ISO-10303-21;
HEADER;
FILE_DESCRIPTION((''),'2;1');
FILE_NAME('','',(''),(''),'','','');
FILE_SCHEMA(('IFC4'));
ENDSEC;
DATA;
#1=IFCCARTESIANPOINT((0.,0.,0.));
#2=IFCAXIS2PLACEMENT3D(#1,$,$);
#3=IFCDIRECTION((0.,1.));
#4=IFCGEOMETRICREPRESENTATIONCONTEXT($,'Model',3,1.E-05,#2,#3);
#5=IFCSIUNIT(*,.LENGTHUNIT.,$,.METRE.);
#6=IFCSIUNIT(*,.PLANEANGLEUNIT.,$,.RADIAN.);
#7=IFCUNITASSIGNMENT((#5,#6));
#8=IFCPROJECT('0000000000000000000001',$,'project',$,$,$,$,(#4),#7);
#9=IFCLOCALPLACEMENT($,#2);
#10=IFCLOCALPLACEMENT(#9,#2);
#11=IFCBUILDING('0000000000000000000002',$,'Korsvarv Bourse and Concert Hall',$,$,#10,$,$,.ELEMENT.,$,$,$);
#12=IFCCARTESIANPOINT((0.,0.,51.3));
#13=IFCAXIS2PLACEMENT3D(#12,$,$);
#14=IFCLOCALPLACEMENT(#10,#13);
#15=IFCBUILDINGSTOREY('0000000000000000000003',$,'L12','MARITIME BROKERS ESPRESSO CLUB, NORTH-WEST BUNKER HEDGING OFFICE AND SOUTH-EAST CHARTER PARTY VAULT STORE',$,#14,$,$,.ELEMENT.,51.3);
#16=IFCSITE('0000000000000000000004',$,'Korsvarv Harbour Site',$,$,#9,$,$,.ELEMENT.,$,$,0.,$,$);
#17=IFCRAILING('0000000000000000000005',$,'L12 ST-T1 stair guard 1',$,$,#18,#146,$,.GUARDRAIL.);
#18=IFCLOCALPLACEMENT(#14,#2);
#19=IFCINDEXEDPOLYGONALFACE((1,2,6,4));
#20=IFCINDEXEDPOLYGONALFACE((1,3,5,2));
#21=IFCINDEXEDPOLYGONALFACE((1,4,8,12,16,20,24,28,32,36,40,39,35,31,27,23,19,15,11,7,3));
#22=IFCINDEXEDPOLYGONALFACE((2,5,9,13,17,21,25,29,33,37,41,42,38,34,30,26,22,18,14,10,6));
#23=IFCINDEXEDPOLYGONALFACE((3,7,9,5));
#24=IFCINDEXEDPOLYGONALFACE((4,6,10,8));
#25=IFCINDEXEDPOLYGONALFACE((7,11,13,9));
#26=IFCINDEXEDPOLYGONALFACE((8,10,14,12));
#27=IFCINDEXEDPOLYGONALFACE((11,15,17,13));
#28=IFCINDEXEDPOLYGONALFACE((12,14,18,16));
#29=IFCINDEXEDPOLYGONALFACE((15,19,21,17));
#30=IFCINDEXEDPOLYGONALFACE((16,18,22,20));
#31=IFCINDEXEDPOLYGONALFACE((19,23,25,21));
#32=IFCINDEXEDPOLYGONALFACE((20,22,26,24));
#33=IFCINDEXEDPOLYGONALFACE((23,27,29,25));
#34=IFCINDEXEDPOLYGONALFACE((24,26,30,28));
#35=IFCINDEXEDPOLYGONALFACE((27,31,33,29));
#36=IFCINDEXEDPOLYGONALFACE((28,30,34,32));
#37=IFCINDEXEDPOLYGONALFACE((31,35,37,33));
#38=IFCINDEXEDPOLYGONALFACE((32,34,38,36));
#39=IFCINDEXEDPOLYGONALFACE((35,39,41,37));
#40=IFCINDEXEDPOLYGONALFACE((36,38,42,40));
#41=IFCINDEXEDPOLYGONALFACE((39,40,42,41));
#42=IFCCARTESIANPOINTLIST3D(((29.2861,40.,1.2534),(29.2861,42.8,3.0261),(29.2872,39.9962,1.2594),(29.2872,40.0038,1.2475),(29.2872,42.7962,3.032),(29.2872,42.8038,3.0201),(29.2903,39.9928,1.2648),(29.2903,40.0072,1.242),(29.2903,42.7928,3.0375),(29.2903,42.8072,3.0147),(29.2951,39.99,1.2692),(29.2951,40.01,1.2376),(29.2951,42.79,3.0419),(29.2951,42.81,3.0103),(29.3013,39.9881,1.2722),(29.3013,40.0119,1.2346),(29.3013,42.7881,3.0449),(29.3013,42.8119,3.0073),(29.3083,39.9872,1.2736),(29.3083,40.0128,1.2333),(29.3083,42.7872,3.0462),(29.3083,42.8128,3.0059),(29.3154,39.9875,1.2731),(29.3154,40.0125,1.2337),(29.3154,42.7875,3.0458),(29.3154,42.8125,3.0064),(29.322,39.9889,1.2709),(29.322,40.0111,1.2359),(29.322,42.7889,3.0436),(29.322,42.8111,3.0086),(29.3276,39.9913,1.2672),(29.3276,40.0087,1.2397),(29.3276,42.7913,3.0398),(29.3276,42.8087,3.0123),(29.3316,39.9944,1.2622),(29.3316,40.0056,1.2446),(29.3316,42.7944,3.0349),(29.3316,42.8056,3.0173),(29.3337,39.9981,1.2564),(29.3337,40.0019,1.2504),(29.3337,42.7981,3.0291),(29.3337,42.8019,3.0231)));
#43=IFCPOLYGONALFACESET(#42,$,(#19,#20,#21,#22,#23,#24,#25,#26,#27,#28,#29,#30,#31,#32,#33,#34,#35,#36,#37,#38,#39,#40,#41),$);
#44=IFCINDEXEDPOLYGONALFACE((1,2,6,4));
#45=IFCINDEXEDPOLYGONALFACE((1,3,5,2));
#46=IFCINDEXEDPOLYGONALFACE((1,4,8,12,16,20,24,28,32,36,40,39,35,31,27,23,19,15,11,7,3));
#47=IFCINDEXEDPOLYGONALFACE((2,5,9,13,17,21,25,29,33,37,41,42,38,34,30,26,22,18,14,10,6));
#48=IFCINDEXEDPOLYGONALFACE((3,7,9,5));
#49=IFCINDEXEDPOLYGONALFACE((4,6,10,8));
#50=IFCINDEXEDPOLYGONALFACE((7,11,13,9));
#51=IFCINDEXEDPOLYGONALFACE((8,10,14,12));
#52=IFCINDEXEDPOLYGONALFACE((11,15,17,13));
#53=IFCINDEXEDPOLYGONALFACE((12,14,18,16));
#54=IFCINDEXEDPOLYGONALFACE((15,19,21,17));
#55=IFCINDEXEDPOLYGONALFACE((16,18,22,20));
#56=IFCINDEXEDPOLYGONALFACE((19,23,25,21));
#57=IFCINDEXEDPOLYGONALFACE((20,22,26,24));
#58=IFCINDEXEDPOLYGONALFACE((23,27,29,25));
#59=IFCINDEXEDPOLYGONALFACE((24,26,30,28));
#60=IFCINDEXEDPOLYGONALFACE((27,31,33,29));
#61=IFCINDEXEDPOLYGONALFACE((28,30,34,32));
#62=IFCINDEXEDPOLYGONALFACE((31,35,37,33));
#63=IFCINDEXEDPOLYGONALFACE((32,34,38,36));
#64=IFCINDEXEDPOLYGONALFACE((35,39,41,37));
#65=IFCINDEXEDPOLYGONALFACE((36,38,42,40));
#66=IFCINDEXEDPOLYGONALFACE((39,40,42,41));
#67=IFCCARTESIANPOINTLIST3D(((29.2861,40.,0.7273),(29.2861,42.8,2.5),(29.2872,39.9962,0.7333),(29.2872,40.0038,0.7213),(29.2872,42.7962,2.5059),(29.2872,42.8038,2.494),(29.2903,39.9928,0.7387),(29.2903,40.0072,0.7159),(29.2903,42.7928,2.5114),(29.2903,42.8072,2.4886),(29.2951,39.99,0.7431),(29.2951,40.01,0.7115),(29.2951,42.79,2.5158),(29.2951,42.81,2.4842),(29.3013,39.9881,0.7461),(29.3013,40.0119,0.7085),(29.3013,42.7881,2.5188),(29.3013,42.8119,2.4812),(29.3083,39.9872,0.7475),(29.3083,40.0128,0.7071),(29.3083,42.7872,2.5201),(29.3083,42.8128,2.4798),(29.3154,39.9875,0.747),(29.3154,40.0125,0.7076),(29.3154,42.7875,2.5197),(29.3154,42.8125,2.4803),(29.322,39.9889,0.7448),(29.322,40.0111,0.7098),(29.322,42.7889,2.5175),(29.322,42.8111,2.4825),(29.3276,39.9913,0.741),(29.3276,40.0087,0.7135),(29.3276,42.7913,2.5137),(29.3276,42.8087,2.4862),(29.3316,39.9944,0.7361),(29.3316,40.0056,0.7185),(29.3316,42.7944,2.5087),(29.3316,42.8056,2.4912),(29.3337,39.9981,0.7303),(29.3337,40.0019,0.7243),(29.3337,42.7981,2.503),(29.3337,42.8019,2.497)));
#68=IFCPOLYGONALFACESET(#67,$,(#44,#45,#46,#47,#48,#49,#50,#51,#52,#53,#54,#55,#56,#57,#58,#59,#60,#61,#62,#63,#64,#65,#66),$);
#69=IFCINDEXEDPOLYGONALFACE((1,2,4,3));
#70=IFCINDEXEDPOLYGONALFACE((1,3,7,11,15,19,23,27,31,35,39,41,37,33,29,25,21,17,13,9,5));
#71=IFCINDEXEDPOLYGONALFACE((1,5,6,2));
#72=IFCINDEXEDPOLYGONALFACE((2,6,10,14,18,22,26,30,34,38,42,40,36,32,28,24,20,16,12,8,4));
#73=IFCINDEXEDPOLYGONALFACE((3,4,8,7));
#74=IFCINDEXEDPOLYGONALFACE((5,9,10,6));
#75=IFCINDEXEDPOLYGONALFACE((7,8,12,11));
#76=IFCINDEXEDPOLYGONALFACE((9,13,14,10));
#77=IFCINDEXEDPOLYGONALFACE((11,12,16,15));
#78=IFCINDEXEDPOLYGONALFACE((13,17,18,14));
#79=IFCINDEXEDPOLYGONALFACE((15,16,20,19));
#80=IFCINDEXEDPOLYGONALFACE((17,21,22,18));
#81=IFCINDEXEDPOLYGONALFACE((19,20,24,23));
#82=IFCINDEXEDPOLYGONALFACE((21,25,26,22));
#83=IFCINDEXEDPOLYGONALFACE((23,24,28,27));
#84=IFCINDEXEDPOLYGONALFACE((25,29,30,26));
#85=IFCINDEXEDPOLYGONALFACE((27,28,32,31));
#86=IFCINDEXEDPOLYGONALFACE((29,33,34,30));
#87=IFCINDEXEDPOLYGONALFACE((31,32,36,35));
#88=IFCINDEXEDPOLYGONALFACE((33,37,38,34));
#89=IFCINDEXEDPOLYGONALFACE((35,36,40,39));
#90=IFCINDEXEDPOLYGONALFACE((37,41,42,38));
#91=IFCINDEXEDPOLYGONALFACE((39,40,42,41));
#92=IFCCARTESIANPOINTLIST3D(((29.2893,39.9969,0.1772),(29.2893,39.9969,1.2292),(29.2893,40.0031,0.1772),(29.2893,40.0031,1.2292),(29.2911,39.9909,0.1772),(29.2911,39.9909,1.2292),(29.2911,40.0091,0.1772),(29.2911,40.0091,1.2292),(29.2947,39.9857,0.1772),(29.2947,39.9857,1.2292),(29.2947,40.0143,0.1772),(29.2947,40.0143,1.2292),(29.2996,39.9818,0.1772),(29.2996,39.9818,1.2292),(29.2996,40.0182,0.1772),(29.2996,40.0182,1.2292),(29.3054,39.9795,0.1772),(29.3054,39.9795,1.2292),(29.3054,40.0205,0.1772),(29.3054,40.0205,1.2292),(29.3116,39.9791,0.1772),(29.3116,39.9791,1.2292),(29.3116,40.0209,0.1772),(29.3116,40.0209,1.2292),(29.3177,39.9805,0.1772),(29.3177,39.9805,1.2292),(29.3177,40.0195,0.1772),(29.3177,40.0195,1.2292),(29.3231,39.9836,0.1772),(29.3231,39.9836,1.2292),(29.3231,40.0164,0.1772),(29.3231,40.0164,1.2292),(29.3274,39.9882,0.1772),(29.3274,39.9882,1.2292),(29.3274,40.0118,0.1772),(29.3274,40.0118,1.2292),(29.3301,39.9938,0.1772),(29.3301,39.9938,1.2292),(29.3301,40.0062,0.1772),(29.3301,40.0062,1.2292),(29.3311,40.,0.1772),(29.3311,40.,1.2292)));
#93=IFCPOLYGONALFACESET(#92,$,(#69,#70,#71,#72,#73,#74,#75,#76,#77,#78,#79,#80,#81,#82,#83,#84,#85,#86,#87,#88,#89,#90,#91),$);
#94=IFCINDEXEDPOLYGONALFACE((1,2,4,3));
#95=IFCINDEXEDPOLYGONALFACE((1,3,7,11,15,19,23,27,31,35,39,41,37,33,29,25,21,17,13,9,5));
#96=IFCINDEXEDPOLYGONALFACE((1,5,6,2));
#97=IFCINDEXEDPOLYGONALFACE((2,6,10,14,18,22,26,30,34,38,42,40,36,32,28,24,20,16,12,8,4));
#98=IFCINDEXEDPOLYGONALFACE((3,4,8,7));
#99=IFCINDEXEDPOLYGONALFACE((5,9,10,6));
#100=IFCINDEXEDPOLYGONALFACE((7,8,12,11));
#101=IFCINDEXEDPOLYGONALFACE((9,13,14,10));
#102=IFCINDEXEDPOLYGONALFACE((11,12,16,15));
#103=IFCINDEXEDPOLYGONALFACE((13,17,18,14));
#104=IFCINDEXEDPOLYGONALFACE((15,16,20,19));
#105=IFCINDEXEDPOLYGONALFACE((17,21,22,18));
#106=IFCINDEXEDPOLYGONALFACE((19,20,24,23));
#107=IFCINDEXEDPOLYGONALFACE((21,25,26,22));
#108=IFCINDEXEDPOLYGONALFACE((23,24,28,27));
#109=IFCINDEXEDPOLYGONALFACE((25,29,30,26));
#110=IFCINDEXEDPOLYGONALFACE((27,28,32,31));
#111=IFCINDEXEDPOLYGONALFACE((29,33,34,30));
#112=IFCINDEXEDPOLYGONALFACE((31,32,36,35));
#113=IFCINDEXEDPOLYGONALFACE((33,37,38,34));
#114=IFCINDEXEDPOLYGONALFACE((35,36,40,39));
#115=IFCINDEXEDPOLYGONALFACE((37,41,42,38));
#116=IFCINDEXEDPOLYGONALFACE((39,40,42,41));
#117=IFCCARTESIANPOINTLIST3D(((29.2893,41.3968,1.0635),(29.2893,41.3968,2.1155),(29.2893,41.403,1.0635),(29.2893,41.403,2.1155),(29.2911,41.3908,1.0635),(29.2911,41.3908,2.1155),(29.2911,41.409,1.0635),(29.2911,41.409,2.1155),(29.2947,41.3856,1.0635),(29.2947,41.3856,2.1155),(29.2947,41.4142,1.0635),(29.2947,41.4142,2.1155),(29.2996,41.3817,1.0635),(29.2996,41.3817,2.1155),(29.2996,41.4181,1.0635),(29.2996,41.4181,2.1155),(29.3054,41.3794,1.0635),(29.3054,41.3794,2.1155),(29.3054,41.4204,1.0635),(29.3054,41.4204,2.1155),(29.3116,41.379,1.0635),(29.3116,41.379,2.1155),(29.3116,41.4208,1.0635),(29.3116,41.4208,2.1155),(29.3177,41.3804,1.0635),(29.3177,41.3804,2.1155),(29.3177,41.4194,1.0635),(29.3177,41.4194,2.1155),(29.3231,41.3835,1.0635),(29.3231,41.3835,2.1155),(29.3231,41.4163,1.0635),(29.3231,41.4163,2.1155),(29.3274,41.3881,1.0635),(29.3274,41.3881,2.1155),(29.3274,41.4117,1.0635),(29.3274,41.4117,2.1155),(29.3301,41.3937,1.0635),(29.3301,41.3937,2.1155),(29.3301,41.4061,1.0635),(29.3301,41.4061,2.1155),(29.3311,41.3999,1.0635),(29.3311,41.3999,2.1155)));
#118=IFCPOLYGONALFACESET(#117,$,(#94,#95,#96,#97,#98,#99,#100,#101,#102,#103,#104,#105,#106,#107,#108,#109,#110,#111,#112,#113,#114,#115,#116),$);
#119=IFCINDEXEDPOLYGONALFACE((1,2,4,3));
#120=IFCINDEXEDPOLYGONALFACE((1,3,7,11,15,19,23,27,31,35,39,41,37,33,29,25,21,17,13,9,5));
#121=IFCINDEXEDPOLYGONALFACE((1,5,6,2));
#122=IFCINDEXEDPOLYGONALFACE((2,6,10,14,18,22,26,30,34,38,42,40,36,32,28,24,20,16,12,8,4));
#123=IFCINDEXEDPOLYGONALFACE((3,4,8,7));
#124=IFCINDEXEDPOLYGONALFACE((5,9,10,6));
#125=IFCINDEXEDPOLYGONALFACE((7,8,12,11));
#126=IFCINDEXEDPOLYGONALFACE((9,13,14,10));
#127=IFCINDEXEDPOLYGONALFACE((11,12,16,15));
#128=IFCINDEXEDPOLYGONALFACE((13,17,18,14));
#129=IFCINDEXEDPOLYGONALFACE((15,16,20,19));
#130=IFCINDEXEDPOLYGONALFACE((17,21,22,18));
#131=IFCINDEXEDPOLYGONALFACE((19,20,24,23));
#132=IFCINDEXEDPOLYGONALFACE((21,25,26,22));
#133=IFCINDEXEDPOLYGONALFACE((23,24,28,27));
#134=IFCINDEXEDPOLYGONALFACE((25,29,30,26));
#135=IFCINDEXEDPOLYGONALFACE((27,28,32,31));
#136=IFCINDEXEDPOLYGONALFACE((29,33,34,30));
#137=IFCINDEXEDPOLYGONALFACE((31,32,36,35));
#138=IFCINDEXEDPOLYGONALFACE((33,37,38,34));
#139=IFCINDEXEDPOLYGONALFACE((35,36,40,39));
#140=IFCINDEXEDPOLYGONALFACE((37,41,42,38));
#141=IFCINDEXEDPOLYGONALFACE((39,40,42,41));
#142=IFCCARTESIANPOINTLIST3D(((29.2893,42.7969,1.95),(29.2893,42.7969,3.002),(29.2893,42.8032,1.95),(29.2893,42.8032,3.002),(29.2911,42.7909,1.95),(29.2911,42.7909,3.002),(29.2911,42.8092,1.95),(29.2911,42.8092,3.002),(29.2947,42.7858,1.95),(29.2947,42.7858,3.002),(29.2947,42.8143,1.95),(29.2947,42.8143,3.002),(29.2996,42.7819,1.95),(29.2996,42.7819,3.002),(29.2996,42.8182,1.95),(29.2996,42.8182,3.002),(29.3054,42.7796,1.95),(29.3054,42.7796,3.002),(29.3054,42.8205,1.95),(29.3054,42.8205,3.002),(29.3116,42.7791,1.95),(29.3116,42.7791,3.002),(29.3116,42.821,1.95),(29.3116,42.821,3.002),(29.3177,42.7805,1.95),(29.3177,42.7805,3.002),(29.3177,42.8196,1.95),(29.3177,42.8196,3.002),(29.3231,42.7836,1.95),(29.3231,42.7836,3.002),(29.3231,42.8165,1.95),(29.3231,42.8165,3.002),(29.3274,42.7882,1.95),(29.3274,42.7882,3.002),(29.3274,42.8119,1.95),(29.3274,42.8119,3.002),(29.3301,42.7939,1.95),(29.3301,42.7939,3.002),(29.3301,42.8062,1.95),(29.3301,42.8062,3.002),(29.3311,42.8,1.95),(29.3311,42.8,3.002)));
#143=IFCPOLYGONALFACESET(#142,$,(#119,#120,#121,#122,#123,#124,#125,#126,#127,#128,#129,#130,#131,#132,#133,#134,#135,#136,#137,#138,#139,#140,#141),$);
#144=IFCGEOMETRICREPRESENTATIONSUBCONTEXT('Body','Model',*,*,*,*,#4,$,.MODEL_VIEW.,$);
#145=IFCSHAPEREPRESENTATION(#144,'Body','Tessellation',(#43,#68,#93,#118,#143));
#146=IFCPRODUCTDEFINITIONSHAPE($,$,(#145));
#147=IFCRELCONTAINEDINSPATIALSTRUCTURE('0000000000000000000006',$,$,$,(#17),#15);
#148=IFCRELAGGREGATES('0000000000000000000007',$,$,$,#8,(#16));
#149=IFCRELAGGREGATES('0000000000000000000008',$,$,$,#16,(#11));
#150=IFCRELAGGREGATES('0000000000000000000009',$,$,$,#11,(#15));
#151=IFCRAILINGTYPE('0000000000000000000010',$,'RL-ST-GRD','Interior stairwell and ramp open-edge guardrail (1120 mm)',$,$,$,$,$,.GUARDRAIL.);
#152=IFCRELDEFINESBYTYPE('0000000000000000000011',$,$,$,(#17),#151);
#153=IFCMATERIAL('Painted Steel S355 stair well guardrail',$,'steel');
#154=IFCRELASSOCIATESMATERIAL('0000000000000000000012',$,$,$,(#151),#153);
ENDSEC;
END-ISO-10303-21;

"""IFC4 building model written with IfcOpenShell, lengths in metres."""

from ifc_helpers import new_model, si_unit, direction, frame, origin, origin_2d, place, context, subcontext, project, spatial, circle, extrude, material, type_object, element, save


model = new_model("IFC4")

# Units and contexts
model_context = context("Model", 3, precision=1e-05, world=origin(), true_north=direction((0.0, 1.0)))
body_context = subcontext(model_context, "Body", "Model", "MODEL_VIEW")
ifc_project = project(units=[si_unit("LENGTHUNIT", "METRE"), si_unit("PLANEANGLEUNIT", "RADIAN")], contexts=[model_context])

# Site, building, storey
site_placement = place(None, origin())
site = spatial("IfcSite", under=ifc_project, at=site_placement, Name="Korsvarv Harbour Site", CompositionType="ELEMENT", RefElevation=0.0)
building_placement = place(site_placement, origin())
building = spatial("IfcBuilding", under=site, at=building_placement, Name="Korsvarv Bourse and Concert Hall", CompositionType="ELEMENT")
storey_placement = place(building_placement, frame((0.0, 0.0, 51.3)))
storey = spatial("IfcBuildingStorey", under=building, at=storey_placement, Name="L12", Description="MARITIME BROKERS ESPRESSO CLUB, NORTH-WEST BUNKER HEDGING OFFICE AND SOUTH-EAST CHARTER PARTY VAULT STORE", CompositionType="ELEMENT", Elevation=51.3)

# Railing
ifc_material_1 = material(Name="Painted Steel S355 stair well guardrail", Category="steel")
railing_type_1 = type_object("IfcRailingType", Name="RL-ST-GRD", Description="Interior stairwell and ramp open-edge guardrail (1120 mm)", PredefinedType="GUARDRAIL", material=ifc_material_1)
railing_1_placement = place(storey_placement, frame((29.3101, 40.0, 0.1772)))
element("IfcRailing", 1, at=railing_1_placement, inside=storey, type_object=railing_type_1, Name="L12 ST-T1 stair guard 1", PredefinedType="GUARDRAIL", context=body_context, shape_type="SweptSolid", body=[
    extrude(circle(Radius=0.0239, at=origin_2d()), frame((0.0, 0.0, 1.0762), z_axis=(0.0, 0.844909, 0.53491), x_axis=(-1.0, 0.0, 0.0)), (0.0, 0.0, 1.0), 3.314),
    extrude(circle(Radius=0.0239, at=origin_2d()), frame((0.0, 0.0, 0.55), z_axis=(0.0, 0.844909, 0.53491), x_axis=(-1.0, 0.0, 0.0)), (0.0, 0.0, 1.0), 3.314),
    extrude(circle(Radius=0.021, at=origin_2d()), origin(), (0.0, 0.0, 1.0), 1.052),
    extrude(circle(Radius=0.021, at=origin_2d()), frame((0.0, 1.3999, 0.8862)), (0.0, 0.0, 1.0), 1.052),
    extrude(circle(Radius=0.021, at=origin_2d()), frame((0.0, 2.8, 1.7727)), (0.0, 0.0, 1.0), 1.052),
])

save(model, "model.ifc")
